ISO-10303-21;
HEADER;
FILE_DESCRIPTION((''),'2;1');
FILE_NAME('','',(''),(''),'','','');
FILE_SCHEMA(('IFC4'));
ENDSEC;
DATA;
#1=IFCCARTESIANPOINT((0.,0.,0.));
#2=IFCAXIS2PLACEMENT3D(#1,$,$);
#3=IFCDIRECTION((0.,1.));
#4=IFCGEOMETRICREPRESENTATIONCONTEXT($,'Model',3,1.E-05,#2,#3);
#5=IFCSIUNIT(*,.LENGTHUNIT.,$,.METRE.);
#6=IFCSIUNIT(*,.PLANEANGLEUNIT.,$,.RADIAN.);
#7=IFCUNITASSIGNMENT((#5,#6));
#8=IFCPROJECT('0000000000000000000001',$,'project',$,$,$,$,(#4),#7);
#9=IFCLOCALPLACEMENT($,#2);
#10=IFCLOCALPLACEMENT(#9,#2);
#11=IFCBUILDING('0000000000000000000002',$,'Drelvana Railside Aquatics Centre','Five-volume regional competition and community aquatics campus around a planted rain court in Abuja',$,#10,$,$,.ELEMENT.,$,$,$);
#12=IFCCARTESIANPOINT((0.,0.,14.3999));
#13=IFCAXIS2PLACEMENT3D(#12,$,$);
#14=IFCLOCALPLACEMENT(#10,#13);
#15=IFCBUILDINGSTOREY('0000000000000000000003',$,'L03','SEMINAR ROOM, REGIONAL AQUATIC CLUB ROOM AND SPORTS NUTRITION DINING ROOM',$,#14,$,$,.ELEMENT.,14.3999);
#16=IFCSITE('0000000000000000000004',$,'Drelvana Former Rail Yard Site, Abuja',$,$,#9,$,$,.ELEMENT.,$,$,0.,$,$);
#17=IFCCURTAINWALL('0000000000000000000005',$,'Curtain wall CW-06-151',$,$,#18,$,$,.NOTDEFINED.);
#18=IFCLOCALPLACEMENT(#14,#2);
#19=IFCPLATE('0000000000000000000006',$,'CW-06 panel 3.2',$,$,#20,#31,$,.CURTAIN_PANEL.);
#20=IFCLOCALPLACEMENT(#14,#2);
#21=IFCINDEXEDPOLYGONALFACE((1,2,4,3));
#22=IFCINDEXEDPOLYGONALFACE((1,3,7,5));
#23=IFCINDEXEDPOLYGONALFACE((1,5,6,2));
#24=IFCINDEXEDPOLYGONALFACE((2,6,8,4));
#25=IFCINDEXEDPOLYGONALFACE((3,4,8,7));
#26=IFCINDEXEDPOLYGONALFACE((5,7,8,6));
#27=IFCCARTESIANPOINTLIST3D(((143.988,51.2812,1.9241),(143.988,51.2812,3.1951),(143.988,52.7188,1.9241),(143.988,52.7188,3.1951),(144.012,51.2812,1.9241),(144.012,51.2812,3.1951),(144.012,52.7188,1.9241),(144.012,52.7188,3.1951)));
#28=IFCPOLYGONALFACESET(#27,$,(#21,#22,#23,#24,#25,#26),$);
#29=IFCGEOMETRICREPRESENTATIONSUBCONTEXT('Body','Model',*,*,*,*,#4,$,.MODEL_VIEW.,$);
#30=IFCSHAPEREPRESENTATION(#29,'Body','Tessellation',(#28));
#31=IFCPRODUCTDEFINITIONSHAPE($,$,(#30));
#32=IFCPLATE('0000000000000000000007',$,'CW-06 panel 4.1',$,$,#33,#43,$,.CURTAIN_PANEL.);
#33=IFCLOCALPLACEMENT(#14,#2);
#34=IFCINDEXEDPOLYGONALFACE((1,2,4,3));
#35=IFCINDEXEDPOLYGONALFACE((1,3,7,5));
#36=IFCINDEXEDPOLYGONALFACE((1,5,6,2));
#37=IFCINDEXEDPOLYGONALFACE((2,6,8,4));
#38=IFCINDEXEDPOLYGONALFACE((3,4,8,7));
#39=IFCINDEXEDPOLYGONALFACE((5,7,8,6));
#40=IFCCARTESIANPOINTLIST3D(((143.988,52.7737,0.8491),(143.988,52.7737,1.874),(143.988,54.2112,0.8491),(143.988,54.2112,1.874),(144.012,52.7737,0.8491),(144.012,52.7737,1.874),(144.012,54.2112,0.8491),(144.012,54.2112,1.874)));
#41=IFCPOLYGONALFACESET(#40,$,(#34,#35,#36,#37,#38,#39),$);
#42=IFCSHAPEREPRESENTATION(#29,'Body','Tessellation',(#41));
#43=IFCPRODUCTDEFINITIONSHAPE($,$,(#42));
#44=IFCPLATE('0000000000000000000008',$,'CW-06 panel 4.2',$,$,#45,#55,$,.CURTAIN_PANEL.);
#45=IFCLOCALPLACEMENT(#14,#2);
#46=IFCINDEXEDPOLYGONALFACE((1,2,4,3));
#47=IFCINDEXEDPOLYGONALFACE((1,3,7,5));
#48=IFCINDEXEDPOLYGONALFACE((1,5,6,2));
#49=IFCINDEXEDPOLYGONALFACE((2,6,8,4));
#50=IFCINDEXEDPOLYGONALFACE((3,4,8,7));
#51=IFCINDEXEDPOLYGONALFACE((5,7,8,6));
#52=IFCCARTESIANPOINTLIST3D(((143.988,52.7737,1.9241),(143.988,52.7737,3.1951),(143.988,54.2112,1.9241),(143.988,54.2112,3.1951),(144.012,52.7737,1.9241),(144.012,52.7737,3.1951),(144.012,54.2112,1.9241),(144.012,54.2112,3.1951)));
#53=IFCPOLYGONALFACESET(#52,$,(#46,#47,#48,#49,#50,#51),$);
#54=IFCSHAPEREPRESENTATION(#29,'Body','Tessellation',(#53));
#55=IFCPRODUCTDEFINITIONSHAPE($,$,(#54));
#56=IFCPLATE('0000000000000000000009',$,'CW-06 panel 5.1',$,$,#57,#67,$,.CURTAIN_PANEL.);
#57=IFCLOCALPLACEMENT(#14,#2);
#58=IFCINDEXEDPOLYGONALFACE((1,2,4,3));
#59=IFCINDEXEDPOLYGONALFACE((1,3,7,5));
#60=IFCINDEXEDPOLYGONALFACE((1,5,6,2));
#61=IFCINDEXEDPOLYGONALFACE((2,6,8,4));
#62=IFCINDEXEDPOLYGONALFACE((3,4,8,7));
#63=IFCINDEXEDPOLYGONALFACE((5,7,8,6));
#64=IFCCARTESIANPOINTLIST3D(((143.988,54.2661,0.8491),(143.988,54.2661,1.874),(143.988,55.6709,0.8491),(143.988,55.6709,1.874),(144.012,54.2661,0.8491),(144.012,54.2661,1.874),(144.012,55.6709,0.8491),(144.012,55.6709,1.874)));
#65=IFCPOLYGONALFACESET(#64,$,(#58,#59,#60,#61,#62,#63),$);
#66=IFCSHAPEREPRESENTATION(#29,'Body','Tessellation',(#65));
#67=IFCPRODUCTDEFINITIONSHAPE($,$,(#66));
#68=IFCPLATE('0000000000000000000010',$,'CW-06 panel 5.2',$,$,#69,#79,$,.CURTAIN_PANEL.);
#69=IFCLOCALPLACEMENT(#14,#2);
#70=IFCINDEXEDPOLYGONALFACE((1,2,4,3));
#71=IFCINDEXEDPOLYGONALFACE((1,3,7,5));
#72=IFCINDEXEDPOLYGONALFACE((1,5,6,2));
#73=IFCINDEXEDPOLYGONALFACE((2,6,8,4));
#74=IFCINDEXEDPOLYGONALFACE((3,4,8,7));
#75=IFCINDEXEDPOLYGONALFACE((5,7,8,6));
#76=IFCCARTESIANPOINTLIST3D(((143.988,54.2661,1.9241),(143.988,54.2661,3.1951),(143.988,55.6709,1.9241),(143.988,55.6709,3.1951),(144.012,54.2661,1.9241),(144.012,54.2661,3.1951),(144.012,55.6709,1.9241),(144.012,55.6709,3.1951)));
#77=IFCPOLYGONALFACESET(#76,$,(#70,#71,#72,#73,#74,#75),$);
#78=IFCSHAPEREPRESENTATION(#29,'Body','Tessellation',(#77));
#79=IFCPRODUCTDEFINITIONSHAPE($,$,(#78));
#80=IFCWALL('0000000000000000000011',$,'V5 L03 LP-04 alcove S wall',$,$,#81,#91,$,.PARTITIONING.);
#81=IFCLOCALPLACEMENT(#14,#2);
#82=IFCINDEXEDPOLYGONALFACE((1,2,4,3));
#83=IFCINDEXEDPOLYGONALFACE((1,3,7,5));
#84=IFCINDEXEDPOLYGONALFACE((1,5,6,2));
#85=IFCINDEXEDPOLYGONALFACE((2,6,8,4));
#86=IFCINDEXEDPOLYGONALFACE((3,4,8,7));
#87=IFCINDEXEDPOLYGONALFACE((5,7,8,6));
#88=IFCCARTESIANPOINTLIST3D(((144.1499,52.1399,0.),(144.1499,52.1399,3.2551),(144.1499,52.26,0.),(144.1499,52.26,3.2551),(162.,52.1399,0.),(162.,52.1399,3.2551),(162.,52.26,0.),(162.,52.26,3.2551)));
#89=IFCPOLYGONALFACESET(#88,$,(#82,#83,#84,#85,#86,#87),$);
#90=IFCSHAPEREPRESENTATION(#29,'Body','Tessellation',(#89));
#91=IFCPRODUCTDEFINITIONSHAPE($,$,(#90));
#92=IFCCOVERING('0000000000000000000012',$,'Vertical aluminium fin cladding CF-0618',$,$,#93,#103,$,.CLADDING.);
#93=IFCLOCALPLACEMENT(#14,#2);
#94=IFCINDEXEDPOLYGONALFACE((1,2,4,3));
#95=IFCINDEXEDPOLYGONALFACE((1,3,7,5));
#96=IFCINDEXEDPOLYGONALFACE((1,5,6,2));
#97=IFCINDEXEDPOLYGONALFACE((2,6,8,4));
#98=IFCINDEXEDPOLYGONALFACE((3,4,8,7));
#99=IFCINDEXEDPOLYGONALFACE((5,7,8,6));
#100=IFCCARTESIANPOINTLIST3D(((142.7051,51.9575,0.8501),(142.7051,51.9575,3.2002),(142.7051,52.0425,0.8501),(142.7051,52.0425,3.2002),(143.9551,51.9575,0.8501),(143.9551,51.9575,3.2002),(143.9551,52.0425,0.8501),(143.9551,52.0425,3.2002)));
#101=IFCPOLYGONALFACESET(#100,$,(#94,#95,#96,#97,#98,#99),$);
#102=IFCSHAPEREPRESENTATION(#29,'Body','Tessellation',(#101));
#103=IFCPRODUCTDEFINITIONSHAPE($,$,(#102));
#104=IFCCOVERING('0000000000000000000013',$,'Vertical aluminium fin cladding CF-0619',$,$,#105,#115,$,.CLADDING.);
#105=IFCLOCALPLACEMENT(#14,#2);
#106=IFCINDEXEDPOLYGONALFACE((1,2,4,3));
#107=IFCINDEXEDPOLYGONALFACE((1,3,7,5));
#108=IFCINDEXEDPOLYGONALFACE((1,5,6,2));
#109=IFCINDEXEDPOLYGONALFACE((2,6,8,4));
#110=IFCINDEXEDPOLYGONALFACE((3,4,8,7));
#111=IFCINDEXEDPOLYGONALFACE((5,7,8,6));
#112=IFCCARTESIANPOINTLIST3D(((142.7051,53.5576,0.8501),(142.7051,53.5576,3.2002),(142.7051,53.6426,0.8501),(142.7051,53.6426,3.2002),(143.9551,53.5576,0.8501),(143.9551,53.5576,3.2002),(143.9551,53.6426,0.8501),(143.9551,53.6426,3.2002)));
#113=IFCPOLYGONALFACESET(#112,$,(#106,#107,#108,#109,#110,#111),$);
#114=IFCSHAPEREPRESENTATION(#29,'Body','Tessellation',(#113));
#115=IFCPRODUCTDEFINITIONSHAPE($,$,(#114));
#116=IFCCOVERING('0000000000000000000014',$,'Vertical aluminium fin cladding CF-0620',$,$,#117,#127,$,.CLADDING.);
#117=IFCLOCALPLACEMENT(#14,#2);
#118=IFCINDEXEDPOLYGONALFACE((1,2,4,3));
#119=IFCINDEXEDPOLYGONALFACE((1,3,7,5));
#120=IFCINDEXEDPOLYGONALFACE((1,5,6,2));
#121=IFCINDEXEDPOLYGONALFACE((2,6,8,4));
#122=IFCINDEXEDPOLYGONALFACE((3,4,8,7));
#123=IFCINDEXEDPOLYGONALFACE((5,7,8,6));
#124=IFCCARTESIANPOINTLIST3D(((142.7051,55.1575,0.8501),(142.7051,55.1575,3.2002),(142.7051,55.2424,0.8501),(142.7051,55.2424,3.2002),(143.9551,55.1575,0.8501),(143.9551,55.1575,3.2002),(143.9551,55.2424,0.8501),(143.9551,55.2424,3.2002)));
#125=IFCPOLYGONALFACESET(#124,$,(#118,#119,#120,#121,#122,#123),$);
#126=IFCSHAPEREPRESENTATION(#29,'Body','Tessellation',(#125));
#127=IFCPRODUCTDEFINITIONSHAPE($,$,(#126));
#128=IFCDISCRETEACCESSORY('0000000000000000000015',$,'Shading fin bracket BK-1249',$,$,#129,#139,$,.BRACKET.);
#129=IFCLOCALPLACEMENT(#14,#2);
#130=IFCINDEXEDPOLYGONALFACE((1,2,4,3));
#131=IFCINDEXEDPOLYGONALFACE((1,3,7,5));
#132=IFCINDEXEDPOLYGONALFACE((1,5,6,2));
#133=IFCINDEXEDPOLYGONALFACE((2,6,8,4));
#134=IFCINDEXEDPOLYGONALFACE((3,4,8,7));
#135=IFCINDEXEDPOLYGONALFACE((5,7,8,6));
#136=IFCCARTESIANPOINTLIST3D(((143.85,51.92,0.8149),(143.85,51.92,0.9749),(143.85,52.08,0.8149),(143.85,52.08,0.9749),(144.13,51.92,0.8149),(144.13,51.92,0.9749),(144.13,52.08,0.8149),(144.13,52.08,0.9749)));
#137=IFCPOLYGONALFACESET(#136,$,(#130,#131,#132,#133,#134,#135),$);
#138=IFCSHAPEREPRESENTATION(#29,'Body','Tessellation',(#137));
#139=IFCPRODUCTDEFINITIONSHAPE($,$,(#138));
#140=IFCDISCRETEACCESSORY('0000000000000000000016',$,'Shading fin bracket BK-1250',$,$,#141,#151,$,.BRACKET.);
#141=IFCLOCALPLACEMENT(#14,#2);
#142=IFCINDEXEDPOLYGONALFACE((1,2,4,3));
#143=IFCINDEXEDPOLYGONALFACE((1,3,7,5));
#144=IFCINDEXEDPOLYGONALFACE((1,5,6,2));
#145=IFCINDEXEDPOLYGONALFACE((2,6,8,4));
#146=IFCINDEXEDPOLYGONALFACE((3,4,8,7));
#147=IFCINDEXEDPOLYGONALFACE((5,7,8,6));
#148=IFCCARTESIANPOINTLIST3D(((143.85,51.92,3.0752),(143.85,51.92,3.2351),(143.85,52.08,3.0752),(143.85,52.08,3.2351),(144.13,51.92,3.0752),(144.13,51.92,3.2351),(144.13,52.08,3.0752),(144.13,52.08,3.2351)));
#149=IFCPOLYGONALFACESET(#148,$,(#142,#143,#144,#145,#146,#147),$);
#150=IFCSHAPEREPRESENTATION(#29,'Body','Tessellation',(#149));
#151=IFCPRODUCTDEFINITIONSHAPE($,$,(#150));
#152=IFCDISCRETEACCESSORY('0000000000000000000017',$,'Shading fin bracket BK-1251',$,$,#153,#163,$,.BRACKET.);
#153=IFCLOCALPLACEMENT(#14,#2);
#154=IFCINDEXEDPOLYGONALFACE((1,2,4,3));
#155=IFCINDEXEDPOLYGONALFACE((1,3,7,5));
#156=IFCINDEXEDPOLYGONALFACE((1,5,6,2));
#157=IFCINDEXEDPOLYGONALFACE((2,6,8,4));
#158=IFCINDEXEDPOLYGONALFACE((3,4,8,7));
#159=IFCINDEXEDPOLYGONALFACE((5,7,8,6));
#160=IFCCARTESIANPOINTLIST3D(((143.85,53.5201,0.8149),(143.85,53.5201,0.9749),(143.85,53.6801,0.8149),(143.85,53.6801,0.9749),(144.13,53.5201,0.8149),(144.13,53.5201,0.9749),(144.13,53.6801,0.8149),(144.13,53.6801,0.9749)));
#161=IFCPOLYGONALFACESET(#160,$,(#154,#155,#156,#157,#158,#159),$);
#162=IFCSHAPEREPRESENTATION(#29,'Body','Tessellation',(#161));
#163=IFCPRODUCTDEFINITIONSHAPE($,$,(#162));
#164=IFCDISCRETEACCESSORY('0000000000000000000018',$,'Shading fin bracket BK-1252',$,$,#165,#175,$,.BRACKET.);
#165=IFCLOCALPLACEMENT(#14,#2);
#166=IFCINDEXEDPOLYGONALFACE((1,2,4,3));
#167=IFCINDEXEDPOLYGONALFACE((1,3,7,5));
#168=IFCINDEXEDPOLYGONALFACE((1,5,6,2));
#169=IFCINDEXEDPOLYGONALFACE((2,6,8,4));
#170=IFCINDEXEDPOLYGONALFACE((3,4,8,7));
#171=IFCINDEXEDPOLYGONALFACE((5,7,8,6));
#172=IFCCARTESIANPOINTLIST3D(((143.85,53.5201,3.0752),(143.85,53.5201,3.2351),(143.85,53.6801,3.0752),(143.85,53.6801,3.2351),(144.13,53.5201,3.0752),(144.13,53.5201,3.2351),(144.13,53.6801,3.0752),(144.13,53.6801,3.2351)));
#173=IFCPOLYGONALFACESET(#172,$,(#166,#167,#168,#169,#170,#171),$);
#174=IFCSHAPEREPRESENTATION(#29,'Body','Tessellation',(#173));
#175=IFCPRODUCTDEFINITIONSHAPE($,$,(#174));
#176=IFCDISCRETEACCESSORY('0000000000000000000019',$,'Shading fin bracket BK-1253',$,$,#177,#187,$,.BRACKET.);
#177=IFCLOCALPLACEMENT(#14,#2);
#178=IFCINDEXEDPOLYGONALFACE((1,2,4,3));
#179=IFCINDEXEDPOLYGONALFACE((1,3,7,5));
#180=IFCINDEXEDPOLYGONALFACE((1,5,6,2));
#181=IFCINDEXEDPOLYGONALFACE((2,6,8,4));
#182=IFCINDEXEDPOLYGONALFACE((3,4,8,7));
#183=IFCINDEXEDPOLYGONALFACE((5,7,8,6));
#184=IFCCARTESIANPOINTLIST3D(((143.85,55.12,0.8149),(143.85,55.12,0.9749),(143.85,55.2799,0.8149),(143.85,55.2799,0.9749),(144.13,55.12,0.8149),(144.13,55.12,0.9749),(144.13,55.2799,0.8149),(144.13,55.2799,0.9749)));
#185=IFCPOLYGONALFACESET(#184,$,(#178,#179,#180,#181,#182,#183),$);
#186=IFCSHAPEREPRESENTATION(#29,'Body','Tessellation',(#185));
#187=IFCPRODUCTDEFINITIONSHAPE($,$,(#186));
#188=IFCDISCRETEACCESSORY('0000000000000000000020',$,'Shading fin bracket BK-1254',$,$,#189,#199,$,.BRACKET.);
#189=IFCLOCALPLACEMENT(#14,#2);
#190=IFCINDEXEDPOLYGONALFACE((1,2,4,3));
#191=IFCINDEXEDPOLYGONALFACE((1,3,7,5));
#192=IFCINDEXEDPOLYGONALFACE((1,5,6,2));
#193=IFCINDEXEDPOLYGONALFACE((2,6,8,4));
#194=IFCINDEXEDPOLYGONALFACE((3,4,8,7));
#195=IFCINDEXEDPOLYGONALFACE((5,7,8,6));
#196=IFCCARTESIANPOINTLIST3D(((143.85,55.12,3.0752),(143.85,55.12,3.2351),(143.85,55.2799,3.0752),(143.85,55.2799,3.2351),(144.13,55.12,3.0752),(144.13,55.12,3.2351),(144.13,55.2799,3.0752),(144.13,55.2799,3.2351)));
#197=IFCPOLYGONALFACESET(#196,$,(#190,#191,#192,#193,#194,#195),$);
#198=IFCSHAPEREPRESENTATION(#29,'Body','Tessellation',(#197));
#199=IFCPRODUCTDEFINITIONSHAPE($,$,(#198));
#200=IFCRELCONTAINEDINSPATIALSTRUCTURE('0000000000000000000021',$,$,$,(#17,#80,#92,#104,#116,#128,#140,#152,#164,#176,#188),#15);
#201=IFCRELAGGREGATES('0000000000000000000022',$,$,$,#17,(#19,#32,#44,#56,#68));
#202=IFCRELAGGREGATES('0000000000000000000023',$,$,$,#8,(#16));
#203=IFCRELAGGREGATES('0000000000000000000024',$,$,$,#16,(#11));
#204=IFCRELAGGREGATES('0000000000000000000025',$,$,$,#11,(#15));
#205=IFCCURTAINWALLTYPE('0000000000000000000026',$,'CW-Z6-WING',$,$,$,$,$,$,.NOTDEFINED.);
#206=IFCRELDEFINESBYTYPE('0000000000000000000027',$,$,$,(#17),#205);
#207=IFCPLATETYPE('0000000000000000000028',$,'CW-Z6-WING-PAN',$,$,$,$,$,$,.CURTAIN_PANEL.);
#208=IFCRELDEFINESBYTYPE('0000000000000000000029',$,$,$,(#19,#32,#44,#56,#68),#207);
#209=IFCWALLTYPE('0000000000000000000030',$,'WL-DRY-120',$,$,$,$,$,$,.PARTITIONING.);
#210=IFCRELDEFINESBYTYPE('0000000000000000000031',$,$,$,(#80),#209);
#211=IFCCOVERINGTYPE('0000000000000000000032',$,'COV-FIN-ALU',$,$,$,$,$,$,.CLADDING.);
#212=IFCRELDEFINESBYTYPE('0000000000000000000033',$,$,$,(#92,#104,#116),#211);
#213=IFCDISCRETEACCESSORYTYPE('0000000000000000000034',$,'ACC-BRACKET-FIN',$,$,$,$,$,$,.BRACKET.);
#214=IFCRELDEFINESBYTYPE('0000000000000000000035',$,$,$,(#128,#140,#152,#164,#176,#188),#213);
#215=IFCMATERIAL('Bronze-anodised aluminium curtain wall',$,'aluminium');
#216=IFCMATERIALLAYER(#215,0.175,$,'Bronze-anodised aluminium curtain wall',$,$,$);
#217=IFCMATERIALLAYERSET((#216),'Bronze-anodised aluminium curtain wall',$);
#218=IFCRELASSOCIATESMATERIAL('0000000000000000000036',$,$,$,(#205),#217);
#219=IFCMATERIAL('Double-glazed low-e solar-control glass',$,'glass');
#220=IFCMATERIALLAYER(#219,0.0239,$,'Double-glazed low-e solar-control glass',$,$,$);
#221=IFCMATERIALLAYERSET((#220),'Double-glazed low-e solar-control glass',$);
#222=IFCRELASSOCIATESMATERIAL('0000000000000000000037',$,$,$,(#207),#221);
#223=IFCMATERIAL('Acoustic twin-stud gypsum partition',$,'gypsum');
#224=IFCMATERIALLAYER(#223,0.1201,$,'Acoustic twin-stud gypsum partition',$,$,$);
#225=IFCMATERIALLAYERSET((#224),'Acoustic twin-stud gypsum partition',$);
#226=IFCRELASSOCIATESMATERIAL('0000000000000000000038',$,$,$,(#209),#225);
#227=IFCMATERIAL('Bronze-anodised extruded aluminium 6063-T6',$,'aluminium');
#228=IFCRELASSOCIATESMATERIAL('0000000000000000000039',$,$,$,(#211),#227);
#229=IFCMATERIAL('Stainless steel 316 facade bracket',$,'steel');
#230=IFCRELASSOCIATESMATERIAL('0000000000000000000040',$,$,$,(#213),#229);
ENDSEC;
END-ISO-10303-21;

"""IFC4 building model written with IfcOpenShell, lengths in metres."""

from ifc_helpers import new_model, si_unit, direction, frame, frame_2d, origin, origin_2d, place, context, subcontext, project, spatial, rectangle, extrude, material, layer, layer_set, type_object, element, aggregate, save


model = new_model("IFC4")

# Units and contexts
model_context = context("Model", 3, precision=1e-05, world=origin(), true_north=direction((0.0, 1.0)))
body_context = subcontext(model_context, "Body", "Model", "MODEL_VIEW")
ifc_project = project(units=[si_unit("LENGTHUNIT", "METRE"), si_unit("PLANEANGLEUNIT", "RADIAN")], contexts=[model_context])

# Site, building, storey
site_placement = place(None, origin())
site = spatial("IfcSite", under=ifc_project, at=site_placement, Name="Drelvana Former Rail Yard Site, Abuja", CompositionType="ELEMENT", RefElevation=0.0)
building_placement = place(site_placement, origin())
building = spatial("IfcBuilding", under=site, at=building_placement, Name="Drelvana Railside Aquatics Centre", Description="Five-volume regional competition and community aquatics campus around a planted rain court in Abuja", CompositionType="ELEMENT")
storey_placement = place(building_placement, frame((0.0, 0.0, 14.3999)))
storey = spatial("IfcBuildingStorey", under=building, at=storey_placement, Name="L03", Description="SEMINAR ROOM, REGIONAL AQUATIC CLUB ROOM AND SPORTS NUTRITION DINING ROOM", CompositionType="ELEMENT", Elevation=14.3999)

# Curtain wall, plates
ifc_material_1 = material(Name="Bronze-anodised aluminium curtain wall", Category="aluminium")
ifc_layer_1 = layer(ifc_material_1, 0.175, Name="Bronze-anodised aluminium curtain wall")
ifc_layer_set_1 = layer_set([ifc_layer_1], Name="Bronze-anodised aluminium curtain wall")
curtain_wall_type = type_object("IfcCurtainWallType", Name="CW-Z6-WING", PredefinedType="NOTDEFINED", material=ifc_layer_set_1)
curtain_wall_placement = place(storey_placement, origin())
curtain_wall = element("IfcCurtainWall", 1, at=curtain_wall_placement, inside=storey, type_object=curtain_wall_type, Name="Curtain wall CW-06-151", PredefinedType="NOTDEFINED")
ifc_material_2 = material(Name="Double-glazed low-e solar-control glass", Category="glass")
ifc_layer_2 = layer(ifc_material_2, 0.0239, Name="Double-glazed low-e solar-control glass")
ifc_layer_set_2 = layer_set([ifc_layer_2], Name="Double-glazed low-e solar-control glass")
plate_type = type_object("IfcPlateType", Name="CW-Z6-WING-PAN", PredefinedType="CURTAIN_PANEL", material=ifc_layer_set_2)
plate_1_placement = place(storey_placement, frame((144.0, 52.0, 1.9241), z_axis=(0.0, 0.0, 1.0), x_axis=(0.0, 1.0, 0.0)))
plate_1 = element("IfcPlate", 2, at=plate_1_placement, type_object=plate_type, Name="CW-06 panel 3.2", PredefinedType="CURTAIN_PANEL", context=body_context, shape_type="SweptSolid", body=[
    extrude(rectangle(XDim=1.4375, YDim=0.0239, at=origin_2d()), origin(), (0.0, 0.0, 1.0), 1.271),
])
plate_2_placement = place(storey_placement, frame((144.0, 53.4924, 0.8491), z_axis=(0.0, 0.0, 1.0), x_axis=(0.0, 1.0, 0.0)))
plate_2 = element("IfcPlate", 3, at=plate_2_placement, type_object=plate_type, Name="CW-06 panel 4.1", PredefinedType="CURTAIN_PANEL", context=body_context, shape_type="SweptSolid", body=[
    extrude(rectangle(XDim=1.4375, YDim=0.0239, at=origin_2d()), origin(), (0.0, 0.0, 1.0), 1.0249),
])
plate_3_placement = place(storey_placement, frame((144.0, 53.4924, 1.9241), z_axis=(0.0, 0.0, 1.0), x_axis=(0.0, 1.0, 0.0)))
plate_3 = element("IfcPlate", 4, at=plate_3_placement, type_object=plate_type, Name="CW-06 panel 4.2", PredefinedType="CURTAIN_PANEL", context=body_context, shape_type="SweptSolid", body=[
    extrude(rectangle(XDim=1.4375, YDim=0.0239, at=origin_2d()), origin(), (0.0, 0.0, 1.0), 1.271),
])
plate_4_placement = place(storey_placement, frame((144.0, 54.9685, 0.8491), z_axis=(0.0, 0.0, 1.0), x_axis=(0.0, 1.0, 0.0)))
plate_4 = element("IfcPlate", 5, at=plate_4_placement, type_object=plate_type, Name="CW-06 panel 5.1", PredefinedType="CURTAIN_PANEL", context=body_context, shape_type="SweptSolid", body=[
    extrude(rectangle(XDim=1.4048, YDim=0.0239, at=origin_2d()), origin(), (0.0, 0.0, 1.0), 1.0249),
])
plate_5_placement = place(storey_placement, frame((144.0, 54.9685, 1.9241), z_axis=(0.0, 0.0, 1.0), x_axis=(0.0, 1.0, 0.0)))
plate_5 = element("IfcPlate", 6, at=plate_5_placement, type_object=plate_type, Name="CW-06 panel 5.2", PredefinedType="CURTAIN_PANEL", context=body_context, shape_type="SweptSolid", body=[
    extrude(rectangle(XDim=1.4048, YDim=0.0239, at=origin_2d()), origin(), (0.0, 0.0, 1.0), 1.271),
])
aggregate(curtain_wall, [plate_1, plate_2, plate_3, plate_4, plate_5])

# Wall
ifc_material_3 = material(Name="Acoustic twin-stud gypsum partition", Category="gypsum")
ifc_layer_3 = layer(ifc_material_3, 0.1201, Name="Acoustic twin-stud gypsum partition")
ifc_layer_set_3 = layer_set([ifc_layer_3], Name="Acoustic twin-stud gypsum partition")
wall_type = type_object("IfcWallType", Name="WL-DRY-120", PredefinedType="PARTITIONING", material=ifc_layer_set_3)
wall_placement = place(storey_placement, frame((144.1499, 52.2, 0.0), z_axis=(0.0, 0.0, 1.0), x_axis=(1.0, 0.0, 0.0)))
element("IfcWall", 7, at=wall_placement, inside=storey, type_object=wall_type, Name="V5 L03 LP-04 alcove S wall", PredefinedType="PARTITIONING", context=body_context, shape_type="SweptSolid", body=[
    extrude(rectangle(XDim=17.8501, YDim=0.1201, at=frame_2d((8.925, 0.0))), origin(), (0.0, 0.0, 1.0), 3.2551),
])

# Coverings
ifc_material_4 = material(Name="Bronze-anodised extruded aluminium 6063-T6", Category="aluminium")
covering_type = type_object("IfcCoveringType", Name="COV-FIN-ALU", PredefinedType="CLADDING", material=ifc_material_4)
for number, where, z_axis, x_axis, name in (
    (8, (143.3301, 52.0, 0.8501), (0.0, 0.0, 1.0), (0.0, 1.0, 0.0), "Vertical aluminium fin cladding CF-0618"),
    (9, (143.3301, 53.6001, 0.8501), (0.0, 0.0, 1.0), (0.0, 1.0, 0.0), "Vertical aluminium fin cladding CF-0619"),
    (10, (143.3301, 55.2, 0.8501), (0.0, 0.0, 1.0), (0.0, 1.0, 0.0), "Vertical aluminium fin cladding CF-0620"),
):
    element("IfcCovering", number, at=place(storey_placement, frame(where, z_axis=z_axis, x_axis=x_axis)), inside=storey, type_object=covering_type, Name=name, PredefinedType="CLADDING", context=body_context, shape_type="SweptSolid", body=[
        extrude(rectangle(XDim=0.085, YDim=1.25, at=origin_2d()), origin(), (0.0, 0.0, 1.0), 2.3501),
    ])

# Discrete accessories
ifc_material_5 = material(Name="Stainless steel 316 facade bracket", Category="steel")
discrete_accessory_type = type_object("IfcDiscreteAccessoryType", Name="ACC-BRACKET-FIN", PredefinedType="BRACKET", material=ifc_material_5)
for number, where, z_axis, x_axis, name in (
    (11, (143.99, 52.0, 0.8149), (0.0, 0.0, 1.0), (-1.0, 0.0, 0.0), "Shading fin bracket BK-1249"),
    (12, (143.99, 52.0, 3.0752), (0.0, 0.0, 1.0), (-1.0, 0.0, 0.0), "Shading fin bracket BK-1250"),
    (13, (143.99, 53.6001, 0.8149), (0.0, 0.0, 1.0), (-1.0, 0.0, 0.0), "Shading fin bracket BK-1251"),
    (14, (143.99, 53.6001, 3.0752), (0.0, 0.0, 1.0), (-1.0, 0.0, 0.0), "Shading fin bracket BK-1252"),
    (15, (143.99, 55.2, 0.8149), (0.0, 0.0, 1.0), (-1.0, 0.0, 0.0), "Shading fin bracket BK-1253"),
    (16, (143.99, 55.2, 3.0752), (0.0, 0.0, 1.0), (-1.0, 0.0, 0.0), "Shading fin bracket BK-1254"),
):
    element("IfcDiscreteAccessory", number, at=place(storey_placement, frame(where, z_axis=z_axis, x_axis=x_axis)), inside=storey, type_object=discrete_accessory_type, Name=name, PredefinedType="BRACKET", context=body_context, shape_type="SweptSolid", body=[
        extrude(rectangle(XDim=0.28, YDim=0.1599, at=origin_2d()), origin(), (0.0, 0.0, 1.0), 0.1599),
    ])

save(model, "model.ifc")
